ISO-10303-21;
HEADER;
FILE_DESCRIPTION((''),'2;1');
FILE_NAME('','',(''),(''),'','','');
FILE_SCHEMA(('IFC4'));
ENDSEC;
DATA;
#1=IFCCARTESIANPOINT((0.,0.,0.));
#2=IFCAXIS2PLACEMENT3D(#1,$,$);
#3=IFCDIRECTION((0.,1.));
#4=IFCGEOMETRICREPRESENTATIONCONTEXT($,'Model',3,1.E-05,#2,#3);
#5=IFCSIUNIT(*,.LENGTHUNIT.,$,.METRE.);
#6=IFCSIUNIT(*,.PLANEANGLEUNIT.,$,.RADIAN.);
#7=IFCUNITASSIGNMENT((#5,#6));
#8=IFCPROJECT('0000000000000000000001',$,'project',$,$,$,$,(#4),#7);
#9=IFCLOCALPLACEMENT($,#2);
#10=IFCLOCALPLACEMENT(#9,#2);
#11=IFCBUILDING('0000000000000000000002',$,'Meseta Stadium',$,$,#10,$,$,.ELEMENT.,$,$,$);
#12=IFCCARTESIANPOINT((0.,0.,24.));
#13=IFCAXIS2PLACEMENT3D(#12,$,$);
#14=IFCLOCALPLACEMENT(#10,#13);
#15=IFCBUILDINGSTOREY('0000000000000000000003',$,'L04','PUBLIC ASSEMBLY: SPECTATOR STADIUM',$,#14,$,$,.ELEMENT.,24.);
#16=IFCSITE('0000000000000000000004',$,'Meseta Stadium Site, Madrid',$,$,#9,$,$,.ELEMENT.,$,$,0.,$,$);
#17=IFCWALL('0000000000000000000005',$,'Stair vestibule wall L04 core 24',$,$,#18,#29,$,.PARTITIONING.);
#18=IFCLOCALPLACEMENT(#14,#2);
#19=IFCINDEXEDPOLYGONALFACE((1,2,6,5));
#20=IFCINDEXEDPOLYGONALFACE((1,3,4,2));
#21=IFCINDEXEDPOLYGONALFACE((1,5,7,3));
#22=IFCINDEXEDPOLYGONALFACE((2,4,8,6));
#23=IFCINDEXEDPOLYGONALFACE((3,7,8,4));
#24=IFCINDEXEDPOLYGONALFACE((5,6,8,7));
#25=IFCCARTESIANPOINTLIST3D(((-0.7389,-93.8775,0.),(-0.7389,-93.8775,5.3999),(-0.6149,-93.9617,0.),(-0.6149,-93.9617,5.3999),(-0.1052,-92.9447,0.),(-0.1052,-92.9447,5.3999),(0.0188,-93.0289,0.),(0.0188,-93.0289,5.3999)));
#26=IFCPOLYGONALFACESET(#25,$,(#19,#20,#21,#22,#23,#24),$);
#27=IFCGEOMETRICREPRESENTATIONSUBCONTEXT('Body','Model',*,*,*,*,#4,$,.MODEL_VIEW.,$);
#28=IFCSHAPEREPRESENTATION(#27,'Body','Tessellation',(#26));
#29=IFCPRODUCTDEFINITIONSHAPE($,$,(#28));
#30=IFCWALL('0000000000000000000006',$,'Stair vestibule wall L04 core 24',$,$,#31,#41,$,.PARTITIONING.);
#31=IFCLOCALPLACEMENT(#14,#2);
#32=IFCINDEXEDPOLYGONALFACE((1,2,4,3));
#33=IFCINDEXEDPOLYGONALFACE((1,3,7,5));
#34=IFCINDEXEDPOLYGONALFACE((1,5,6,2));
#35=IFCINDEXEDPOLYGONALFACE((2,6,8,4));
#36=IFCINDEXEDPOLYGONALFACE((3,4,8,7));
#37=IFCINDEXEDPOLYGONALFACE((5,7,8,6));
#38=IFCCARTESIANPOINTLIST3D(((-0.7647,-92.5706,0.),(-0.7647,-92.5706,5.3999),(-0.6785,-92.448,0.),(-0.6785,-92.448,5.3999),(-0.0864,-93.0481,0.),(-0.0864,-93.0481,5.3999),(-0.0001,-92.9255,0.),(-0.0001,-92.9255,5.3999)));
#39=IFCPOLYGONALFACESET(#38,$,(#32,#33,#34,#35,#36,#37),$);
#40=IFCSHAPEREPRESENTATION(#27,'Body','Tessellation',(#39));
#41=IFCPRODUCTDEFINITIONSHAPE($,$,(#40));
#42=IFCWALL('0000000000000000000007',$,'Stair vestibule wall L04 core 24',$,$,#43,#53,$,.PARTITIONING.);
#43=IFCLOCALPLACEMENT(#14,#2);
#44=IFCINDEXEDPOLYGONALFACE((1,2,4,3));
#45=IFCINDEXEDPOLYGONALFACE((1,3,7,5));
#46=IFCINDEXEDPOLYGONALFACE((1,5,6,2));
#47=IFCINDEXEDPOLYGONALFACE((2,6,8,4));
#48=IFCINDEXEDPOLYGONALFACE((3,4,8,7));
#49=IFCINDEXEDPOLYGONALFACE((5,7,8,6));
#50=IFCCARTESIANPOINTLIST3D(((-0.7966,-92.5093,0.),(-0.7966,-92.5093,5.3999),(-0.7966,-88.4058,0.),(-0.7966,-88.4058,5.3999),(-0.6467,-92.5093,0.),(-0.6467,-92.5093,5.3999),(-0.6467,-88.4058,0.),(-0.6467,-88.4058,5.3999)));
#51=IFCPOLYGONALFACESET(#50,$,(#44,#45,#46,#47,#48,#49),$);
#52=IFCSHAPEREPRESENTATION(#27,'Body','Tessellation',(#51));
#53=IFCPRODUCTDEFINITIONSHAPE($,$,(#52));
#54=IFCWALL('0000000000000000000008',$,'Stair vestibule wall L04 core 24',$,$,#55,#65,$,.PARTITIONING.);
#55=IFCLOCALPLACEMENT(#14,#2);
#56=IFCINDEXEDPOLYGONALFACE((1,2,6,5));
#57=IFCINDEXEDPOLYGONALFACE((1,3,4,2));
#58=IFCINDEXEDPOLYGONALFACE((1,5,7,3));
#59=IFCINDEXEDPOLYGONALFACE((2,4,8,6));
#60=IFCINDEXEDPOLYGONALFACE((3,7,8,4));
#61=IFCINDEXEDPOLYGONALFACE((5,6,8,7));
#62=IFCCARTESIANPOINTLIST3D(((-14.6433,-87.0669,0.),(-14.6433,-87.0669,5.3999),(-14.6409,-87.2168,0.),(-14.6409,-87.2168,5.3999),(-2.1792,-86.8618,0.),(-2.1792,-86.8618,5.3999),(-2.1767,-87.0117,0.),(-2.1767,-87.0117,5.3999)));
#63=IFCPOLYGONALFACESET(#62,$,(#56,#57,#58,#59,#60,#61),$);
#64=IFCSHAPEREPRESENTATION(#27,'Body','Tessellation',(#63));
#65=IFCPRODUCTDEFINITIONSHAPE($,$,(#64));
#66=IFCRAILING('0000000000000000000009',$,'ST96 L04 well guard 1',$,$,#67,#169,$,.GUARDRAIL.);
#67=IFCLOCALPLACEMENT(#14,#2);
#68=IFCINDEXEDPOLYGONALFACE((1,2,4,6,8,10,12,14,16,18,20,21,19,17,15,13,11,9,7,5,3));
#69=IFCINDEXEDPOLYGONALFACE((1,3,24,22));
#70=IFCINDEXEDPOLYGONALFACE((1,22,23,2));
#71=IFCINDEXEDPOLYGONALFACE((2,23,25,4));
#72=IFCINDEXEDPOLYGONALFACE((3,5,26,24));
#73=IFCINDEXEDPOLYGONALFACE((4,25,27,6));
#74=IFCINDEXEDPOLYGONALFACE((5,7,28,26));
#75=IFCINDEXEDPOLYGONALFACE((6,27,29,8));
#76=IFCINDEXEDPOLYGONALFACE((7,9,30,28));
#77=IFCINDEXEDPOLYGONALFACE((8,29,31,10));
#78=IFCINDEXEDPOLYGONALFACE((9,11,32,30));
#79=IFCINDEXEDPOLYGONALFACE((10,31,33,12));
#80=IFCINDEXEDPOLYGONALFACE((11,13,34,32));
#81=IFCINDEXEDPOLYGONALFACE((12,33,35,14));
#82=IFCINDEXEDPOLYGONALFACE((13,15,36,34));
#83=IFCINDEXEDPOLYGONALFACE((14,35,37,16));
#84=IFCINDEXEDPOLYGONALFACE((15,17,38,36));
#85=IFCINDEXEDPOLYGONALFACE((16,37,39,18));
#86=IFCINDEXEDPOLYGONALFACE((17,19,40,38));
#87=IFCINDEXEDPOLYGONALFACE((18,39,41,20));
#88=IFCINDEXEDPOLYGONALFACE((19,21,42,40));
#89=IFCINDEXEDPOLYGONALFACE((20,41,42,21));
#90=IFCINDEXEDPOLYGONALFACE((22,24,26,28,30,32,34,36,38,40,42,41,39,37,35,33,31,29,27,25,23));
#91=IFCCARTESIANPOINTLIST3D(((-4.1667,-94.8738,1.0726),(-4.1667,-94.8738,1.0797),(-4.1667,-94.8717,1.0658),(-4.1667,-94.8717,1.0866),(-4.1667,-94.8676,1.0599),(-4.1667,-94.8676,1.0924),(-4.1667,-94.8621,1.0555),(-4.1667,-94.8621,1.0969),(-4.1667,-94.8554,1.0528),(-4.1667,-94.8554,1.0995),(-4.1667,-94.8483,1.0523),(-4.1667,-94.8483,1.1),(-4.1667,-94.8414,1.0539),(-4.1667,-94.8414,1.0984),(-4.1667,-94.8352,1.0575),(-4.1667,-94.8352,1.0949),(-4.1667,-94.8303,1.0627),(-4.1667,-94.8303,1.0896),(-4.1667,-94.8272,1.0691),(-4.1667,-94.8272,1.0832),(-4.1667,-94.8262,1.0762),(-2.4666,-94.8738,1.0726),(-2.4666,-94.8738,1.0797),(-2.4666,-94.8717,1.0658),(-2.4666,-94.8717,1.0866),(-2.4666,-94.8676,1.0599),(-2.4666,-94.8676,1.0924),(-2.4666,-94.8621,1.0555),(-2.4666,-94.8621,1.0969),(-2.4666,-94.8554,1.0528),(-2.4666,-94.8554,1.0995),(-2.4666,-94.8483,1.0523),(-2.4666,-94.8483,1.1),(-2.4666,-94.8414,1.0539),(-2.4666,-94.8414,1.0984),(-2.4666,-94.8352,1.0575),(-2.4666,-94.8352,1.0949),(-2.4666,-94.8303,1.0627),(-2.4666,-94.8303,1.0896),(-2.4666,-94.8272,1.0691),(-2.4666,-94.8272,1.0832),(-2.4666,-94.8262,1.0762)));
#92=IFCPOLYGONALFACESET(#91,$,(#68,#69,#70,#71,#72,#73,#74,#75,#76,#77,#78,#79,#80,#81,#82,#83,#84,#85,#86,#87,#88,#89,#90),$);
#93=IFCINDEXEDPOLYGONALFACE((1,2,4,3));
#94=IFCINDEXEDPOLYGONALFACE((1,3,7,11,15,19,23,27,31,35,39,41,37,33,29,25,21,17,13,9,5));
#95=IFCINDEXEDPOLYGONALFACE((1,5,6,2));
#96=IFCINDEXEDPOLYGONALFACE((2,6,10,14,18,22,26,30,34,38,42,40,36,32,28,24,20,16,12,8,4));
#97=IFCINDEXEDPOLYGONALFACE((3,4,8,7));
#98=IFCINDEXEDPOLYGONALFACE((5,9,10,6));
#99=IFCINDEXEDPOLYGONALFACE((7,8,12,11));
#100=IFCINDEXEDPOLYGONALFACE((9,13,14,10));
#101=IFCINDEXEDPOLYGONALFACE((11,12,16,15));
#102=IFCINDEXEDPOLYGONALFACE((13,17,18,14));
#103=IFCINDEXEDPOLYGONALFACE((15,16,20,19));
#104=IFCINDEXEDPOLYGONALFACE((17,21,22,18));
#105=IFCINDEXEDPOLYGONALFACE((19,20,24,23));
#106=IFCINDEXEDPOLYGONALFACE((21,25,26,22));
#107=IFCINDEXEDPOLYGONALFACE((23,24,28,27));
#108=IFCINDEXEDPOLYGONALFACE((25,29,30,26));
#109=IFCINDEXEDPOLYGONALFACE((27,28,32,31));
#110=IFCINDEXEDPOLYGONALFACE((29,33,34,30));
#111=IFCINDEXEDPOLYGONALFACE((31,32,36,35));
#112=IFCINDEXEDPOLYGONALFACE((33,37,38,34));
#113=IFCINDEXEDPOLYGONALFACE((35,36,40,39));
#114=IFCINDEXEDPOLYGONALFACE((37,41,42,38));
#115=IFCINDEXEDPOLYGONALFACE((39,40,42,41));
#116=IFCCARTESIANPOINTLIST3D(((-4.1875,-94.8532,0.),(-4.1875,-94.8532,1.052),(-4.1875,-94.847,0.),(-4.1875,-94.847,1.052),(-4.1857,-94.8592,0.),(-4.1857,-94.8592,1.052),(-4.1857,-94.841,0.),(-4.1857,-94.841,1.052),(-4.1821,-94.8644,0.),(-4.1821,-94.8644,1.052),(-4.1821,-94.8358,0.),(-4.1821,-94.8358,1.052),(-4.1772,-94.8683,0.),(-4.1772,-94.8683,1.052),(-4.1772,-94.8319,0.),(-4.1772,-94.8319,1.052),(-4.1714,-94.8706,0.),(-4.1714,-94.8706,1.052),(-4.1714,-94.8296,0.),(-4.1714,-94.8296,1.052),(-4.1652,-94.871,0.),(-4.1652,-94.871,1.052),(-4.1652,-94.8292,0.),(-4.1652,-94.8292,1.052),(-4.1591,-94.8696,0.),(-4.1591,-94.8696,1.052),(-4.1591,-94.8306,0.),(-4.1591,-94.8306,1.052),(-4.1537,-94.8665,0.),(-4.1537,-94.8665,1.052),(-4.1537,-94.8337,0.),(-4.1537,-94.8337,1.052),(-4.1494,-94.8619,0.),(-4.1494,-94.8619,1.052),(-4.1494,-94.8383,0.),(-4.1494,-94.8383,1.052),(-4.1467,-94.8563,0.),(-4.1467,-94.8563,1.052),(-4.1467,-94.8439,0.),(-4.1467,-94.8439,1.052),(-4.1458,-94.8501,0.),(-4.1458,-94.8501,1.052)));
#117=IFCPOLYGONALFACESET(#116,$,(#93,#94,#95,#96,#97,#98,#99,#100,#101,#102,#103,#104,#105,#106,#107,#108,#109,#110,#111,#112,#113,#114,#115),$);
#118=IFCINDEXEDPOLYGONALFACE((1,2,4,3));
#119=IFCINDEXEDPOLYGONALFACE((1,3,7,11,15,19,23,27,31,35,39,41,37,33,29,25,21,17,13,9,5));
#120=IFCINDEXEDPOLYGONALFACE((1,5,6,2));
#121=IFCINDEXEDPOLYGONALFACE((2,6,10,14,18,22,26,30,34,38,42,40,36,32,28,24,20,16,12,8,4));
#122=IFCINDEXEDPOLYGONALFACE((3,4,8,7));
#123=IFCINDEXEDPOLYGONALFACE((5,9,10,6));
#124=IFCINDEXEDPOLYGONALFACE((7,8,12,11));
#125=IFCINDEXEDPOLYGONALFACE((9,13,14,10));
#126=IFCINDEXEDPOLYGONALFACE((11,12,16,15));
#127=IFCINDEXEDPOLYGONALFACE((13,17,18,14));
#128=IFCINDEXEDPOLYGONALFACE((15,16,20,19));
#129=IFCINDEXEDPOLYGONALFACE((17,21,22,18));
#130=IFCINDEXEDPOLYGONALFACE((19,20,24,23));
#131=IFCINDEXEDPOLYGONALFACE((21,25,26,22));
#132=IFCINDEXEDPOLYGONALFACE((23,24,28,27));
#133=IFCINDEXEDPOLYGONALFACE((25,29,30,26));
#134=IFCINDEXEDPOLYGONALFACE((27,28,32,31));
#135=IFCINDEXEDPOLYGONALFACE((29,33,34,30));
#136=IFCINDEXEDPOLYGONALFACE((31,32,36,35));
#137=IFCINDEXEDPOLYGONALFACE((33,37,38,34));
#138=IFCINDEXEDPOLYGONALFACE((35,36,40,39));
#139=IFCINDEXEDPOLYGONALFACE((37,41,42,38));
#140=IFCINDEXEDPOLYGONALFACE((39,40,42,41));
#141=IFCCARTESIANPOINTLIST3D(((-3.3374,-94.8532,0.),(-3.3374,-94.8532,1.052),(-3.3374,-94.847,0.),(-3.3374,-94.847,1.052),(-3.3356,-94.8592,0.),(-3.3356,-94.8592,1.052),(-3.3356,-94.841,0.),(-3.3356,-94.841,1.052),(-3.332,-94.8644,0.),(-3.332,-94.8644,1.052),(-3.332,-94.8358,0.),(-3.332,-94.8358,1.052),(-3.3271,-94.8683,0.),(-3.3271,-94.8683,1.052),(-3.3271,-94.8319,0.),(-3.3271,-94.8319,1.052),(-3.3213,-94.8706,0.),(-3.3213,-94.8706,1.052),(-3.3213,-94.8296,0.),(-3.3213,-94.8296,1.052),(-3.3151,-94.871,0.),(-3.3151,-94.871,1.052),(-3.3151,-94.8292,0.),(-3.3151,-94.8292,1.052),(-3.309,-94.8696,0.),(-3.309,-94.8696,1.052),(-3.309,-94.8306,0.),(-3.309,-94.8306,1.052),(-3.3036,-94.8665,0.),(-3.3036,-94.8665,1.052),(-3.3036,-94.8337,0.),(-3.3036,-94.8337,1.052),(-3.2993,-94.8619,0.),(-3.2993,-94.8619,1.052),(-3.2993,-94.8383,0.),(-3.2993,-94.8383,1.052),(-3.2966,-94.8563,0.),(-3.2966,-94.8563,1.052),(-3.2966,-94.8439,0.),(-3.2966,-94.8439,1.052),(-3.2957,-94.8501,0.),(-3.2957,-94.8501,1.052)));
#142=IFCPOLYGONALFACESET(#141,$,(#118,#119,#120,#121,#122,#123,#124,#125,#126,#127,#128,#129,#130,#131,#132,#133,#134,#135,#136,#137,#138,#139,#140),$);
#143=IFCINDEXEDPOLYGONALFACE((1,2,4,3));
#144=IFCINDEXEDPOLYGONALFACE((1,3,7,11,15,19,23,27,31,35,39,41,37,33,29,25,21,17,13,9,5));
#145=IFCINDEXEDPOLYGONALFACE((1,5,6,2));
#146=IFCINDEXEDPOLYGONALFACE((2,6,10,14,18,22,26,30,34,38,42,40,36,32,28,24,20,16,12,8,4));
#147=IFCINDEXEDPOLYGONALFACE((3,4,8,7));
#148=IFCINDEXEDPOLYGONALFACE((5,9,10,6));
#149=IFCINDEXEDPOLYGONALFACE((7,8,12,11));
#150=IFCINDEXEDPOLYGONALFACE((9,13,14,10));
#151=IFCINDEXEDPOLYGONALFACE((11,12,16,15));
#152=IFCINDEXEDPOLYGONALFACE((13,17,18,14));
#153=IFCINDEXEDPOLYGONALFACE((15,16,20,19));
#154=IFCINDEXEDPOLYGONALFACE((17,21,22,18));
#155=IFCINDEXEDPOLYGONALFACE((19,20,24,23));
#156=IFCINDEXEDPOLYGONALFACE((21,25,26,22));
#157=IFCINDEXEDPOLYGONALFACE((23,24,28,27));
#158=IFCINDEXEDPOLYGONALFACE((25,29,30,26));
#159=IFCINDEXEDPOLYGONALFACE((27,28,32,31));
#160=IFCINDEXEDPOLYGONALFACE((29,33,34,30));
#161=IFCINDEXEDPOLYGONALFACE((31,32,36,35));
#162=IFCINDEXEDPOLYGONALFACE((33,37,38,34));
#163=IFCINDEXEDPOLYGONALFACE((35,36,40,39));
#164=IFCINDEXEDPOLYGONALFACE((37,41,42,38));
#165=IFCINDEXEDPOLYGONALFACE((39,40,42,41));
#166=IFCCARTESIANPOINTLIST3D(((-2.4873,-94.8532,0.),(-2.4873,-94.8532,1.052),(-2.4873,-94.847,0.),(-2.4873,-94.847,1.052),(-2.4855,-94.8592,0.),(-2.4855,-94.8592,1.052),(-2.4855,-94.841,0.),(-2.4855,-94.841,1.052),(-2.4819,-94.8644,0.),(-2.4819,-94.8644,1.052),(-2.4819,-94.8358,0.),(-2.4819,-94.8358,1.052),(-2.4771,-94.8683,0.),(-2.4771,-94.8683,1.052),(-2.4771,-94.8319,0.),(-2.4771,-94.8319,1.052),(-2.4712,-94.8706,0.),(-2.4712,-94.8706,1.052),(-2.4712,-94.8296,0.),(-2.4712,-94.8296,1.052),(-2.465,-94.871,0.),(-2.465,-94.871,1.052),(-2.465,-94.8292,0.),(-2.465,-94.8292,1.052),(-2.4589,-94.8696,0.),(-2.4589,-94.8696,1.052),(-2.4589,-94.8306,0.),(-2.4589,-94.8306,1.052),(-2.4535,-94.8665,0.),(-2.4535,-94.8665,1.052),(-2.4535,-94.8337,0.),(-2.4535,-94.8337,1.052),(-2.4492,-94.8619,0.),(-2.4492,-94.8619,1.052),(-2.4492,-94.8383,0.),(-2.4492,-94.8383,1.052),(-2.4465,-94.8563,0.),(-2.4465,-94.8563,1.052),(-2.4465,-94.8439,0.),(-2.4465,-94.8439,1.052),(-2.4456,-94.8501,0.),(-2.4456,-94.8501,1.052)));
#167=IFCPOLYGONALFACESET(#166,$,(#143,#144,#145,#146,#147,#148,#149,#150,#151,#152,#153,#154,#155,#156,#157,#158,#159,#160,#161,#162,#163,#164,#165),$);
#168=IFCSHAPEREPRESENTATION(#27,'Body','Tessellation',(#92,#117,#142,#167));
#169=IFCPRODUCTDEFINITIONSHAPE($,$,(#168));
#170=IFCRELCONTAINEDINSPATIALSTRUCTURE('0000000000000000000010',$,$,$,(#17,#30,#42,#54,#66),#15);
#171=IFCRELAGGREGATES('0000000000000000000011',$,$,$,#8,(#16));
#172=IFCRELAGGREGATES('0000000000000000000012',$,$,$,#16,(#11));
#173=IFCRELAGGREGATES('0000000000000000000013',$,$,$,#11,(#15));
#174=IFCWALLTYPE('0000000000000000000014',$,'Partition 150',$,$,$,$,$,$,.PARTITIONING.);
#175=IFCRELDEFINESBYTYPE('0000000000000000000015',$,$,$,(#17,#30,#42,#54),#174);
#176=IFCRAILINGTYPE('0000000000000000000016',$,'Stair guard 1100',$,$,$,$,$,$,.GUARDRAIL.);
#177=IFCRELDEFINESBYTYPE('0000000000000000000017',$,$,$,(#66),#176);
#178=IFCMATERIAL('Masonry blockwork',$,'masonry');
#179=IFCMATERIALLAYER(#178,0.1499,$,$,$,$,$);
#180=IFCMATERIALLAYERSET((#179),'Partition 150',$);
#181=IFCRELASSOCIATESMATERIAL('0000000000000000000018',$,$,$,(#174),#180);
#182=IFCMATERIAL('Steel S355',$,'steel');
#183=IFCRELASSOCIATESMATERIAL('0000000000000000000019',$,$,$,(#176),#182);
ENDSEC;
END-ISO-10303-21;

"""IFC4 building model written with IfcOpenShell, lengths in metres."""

from ifc_helpers import new_model, si_unit, direction, frame, frame_2d, origin, origin_2d, place, context, subcontext, project, spatial, rectangle, circle, extrude, material, layer, layer_set, type_object, element, save


model = new_model("IFC4")

# Units and contexts
model_context = context("Model", 3, precision=1e-05, world=origin(), true_north=direction((0.0, 1.0)))
body_context = subcontext(model_context, "Body", "Model", "MODEL_VIEW")
ifc_project = project(units=[si_unit("LENGTHUNIT", "METRE"), si_unit("PLANEANGLEUNIT", "RADIAN")], contexts=[model_context])

# Site, building, storey
site_placement = place(None, origin())
site = spatial("IfcSite", under=ifc_project, at=site_placement, Name="Meseta Stadium Site, Madrid", CompositionType="ELEMENT", RefElevation=0.0)
building_placement = place(site_placement, origin())
building = spatial("IfcBuilding", under=site, at=building_placement, Name="Meseta Stadium", CompositionType="ELEMENT")
storey_placement = place(building_placement, frame((0.0, 0.0, 24.0)))
storey = spatial("IfcBuildingStorey", under=building, at=storey_placement, Name="L04", Description="PUBLIC ASSEMBLY: SPECTATOR STADIUM", CompositionType="ELEMENT", Elevation=24.0)

# Walls
ifc_material_1 = material(Name="Masonry blockwork", Category="masonry")
ifc_layer_1 = layer(ifc_material_1, 0.1499)
ifc_layer_set_1 = layer_set([ifc_layer_1], Name="Partition 150")
wall_type_1 = type_object("IfcWallType", Name="Partition 150", PredefinedType="PARTITIONING", material=ifc_layer_set_1)
wall_1_placement = place(storey_placement, frame((-0.677, -93.9197, 0.0), z_axis=(0.0, 0.0, 1.0), x_axis=(0.561972, 0.827156, 0.0)))
element("IfcWall", 1, at=wall_1_placement, inside=storey, type_object=wall_type_1, Name="Stair vestibule wall L04 core 24", PredefinedType="PARTITIONING", context=body_context, shape_type="SweptSolid", body=[
    extrude(rectangle(XDim=1.1277, YDim=0.1499, at=frame_2d((0.564, 0.0))), origin(), (0.0, 0.0, 1.0), 5.3999),
])
wall_2_placement = place(storey_placement, frame((-0.0432, -92.9868, 0.0), z_axis=(0.0, 0.0, 1.0), x_axis=(-0.81775, 0.575574, 0.0)))
element("IfcWall", 2, at=wall_2_placement, inside=storey, type_object=wall_type_1, Name="Stair vestibule wall L04 core 24", PredefinedType="PARTITIONING", context=body_context, shape_type="SweptSolid", body=[
    extrude(rectangle(XDim=0.8296, YDim=0.1499, at=frame_2d((0.4148, 0.0))), origin(), (0.0, 0.0, 1.0), 5.3999),
])
wall_3_placement = place(storey_placement, frame((-0.7217, -92.5093, 0.0), z_axis=(0.0, 0.0, 1.0), x_axis=(0.0, 1.0, 0.0)))
element("IfcWall", 3, at=wall_3_placement, inside=storey, type_object=wall_type_1, Name="Stair vestibule wall L04 core 24", PredefinedType="PARTITIONING", context=body_context, shape_type="SweptSolid", body=[
    extrude(rectangle(XDim=4.1035, YDim=0.1499, at=frame_2d((2.0518, 0.0))), origin(), (0.0, 0.0, 1.0), 5.3999),
])
wall_4_placement = place(storey_placement, frame((-2.178, -86.9368, 0.0), z_axis=(0.0, 0.0, 1.0), x_axis=(-0.999865, -0.016451, 0.0)))
element("IfcWall", 4, at=wall_4_placement, inside=storey, type_object=wall_type_1, Name="Stair vestibule wall L04 core 24", PredefinedType="PARTITIONING", context=body_context, shape_type="SweptSolid", body=[
    extrude(rectangle(XDim=12.4658, YDim=0.1499, at=frame_2d((6.2329, 0.0))), origin(), (0.0, 0.0, 1.0), 5.3999),
])

# Railing
ifc_material_2 = material(Name="Steel S355", Category="steel")
railing_type = type_object("IfcRailingType", Name="Stair guard 1100", PredefinedType="GUARDRAIL", material=ifc_material_2)
railing_placement = place(storey_placement, frame((-4.1667, -94.8501, 0.0)))
element("IfcRailing", 5, at=railing_placement, inside=storey, type_object=railing_type, Name="ST96 L04 well guard 1", PredefinedType="GUARDRAIL", context=body_context, shape_type="SweptSolid", body=[
    extrude(circle(Radius=0.0239, at=origin_2d()), frame((0.0, 0.0, 1.0762), z_axis=(1.0, 0.0, 0.0), x_axis=(0.0, 1.0, 0.0)), (0.0, 0.0, 1.0), 1.7002),
    extrude(circle(Radius=0.021, at=origin_2d()), origin(), (0.0, 0.0, 1.0), 1.052),
    extrude(circle(Radius=0.021, at=origin_2d()), frame((0.8501, 0.0, 0.0)), (0.0, 0.0, 1.0), 1.052),
    extrude(circle(Radius=0.021, at=origin_2d()), frame((1.7002, 0.0, 0.0)), (0.0, 0.0, 1.0), 1.052),
])

save(model, "model.ifc")
